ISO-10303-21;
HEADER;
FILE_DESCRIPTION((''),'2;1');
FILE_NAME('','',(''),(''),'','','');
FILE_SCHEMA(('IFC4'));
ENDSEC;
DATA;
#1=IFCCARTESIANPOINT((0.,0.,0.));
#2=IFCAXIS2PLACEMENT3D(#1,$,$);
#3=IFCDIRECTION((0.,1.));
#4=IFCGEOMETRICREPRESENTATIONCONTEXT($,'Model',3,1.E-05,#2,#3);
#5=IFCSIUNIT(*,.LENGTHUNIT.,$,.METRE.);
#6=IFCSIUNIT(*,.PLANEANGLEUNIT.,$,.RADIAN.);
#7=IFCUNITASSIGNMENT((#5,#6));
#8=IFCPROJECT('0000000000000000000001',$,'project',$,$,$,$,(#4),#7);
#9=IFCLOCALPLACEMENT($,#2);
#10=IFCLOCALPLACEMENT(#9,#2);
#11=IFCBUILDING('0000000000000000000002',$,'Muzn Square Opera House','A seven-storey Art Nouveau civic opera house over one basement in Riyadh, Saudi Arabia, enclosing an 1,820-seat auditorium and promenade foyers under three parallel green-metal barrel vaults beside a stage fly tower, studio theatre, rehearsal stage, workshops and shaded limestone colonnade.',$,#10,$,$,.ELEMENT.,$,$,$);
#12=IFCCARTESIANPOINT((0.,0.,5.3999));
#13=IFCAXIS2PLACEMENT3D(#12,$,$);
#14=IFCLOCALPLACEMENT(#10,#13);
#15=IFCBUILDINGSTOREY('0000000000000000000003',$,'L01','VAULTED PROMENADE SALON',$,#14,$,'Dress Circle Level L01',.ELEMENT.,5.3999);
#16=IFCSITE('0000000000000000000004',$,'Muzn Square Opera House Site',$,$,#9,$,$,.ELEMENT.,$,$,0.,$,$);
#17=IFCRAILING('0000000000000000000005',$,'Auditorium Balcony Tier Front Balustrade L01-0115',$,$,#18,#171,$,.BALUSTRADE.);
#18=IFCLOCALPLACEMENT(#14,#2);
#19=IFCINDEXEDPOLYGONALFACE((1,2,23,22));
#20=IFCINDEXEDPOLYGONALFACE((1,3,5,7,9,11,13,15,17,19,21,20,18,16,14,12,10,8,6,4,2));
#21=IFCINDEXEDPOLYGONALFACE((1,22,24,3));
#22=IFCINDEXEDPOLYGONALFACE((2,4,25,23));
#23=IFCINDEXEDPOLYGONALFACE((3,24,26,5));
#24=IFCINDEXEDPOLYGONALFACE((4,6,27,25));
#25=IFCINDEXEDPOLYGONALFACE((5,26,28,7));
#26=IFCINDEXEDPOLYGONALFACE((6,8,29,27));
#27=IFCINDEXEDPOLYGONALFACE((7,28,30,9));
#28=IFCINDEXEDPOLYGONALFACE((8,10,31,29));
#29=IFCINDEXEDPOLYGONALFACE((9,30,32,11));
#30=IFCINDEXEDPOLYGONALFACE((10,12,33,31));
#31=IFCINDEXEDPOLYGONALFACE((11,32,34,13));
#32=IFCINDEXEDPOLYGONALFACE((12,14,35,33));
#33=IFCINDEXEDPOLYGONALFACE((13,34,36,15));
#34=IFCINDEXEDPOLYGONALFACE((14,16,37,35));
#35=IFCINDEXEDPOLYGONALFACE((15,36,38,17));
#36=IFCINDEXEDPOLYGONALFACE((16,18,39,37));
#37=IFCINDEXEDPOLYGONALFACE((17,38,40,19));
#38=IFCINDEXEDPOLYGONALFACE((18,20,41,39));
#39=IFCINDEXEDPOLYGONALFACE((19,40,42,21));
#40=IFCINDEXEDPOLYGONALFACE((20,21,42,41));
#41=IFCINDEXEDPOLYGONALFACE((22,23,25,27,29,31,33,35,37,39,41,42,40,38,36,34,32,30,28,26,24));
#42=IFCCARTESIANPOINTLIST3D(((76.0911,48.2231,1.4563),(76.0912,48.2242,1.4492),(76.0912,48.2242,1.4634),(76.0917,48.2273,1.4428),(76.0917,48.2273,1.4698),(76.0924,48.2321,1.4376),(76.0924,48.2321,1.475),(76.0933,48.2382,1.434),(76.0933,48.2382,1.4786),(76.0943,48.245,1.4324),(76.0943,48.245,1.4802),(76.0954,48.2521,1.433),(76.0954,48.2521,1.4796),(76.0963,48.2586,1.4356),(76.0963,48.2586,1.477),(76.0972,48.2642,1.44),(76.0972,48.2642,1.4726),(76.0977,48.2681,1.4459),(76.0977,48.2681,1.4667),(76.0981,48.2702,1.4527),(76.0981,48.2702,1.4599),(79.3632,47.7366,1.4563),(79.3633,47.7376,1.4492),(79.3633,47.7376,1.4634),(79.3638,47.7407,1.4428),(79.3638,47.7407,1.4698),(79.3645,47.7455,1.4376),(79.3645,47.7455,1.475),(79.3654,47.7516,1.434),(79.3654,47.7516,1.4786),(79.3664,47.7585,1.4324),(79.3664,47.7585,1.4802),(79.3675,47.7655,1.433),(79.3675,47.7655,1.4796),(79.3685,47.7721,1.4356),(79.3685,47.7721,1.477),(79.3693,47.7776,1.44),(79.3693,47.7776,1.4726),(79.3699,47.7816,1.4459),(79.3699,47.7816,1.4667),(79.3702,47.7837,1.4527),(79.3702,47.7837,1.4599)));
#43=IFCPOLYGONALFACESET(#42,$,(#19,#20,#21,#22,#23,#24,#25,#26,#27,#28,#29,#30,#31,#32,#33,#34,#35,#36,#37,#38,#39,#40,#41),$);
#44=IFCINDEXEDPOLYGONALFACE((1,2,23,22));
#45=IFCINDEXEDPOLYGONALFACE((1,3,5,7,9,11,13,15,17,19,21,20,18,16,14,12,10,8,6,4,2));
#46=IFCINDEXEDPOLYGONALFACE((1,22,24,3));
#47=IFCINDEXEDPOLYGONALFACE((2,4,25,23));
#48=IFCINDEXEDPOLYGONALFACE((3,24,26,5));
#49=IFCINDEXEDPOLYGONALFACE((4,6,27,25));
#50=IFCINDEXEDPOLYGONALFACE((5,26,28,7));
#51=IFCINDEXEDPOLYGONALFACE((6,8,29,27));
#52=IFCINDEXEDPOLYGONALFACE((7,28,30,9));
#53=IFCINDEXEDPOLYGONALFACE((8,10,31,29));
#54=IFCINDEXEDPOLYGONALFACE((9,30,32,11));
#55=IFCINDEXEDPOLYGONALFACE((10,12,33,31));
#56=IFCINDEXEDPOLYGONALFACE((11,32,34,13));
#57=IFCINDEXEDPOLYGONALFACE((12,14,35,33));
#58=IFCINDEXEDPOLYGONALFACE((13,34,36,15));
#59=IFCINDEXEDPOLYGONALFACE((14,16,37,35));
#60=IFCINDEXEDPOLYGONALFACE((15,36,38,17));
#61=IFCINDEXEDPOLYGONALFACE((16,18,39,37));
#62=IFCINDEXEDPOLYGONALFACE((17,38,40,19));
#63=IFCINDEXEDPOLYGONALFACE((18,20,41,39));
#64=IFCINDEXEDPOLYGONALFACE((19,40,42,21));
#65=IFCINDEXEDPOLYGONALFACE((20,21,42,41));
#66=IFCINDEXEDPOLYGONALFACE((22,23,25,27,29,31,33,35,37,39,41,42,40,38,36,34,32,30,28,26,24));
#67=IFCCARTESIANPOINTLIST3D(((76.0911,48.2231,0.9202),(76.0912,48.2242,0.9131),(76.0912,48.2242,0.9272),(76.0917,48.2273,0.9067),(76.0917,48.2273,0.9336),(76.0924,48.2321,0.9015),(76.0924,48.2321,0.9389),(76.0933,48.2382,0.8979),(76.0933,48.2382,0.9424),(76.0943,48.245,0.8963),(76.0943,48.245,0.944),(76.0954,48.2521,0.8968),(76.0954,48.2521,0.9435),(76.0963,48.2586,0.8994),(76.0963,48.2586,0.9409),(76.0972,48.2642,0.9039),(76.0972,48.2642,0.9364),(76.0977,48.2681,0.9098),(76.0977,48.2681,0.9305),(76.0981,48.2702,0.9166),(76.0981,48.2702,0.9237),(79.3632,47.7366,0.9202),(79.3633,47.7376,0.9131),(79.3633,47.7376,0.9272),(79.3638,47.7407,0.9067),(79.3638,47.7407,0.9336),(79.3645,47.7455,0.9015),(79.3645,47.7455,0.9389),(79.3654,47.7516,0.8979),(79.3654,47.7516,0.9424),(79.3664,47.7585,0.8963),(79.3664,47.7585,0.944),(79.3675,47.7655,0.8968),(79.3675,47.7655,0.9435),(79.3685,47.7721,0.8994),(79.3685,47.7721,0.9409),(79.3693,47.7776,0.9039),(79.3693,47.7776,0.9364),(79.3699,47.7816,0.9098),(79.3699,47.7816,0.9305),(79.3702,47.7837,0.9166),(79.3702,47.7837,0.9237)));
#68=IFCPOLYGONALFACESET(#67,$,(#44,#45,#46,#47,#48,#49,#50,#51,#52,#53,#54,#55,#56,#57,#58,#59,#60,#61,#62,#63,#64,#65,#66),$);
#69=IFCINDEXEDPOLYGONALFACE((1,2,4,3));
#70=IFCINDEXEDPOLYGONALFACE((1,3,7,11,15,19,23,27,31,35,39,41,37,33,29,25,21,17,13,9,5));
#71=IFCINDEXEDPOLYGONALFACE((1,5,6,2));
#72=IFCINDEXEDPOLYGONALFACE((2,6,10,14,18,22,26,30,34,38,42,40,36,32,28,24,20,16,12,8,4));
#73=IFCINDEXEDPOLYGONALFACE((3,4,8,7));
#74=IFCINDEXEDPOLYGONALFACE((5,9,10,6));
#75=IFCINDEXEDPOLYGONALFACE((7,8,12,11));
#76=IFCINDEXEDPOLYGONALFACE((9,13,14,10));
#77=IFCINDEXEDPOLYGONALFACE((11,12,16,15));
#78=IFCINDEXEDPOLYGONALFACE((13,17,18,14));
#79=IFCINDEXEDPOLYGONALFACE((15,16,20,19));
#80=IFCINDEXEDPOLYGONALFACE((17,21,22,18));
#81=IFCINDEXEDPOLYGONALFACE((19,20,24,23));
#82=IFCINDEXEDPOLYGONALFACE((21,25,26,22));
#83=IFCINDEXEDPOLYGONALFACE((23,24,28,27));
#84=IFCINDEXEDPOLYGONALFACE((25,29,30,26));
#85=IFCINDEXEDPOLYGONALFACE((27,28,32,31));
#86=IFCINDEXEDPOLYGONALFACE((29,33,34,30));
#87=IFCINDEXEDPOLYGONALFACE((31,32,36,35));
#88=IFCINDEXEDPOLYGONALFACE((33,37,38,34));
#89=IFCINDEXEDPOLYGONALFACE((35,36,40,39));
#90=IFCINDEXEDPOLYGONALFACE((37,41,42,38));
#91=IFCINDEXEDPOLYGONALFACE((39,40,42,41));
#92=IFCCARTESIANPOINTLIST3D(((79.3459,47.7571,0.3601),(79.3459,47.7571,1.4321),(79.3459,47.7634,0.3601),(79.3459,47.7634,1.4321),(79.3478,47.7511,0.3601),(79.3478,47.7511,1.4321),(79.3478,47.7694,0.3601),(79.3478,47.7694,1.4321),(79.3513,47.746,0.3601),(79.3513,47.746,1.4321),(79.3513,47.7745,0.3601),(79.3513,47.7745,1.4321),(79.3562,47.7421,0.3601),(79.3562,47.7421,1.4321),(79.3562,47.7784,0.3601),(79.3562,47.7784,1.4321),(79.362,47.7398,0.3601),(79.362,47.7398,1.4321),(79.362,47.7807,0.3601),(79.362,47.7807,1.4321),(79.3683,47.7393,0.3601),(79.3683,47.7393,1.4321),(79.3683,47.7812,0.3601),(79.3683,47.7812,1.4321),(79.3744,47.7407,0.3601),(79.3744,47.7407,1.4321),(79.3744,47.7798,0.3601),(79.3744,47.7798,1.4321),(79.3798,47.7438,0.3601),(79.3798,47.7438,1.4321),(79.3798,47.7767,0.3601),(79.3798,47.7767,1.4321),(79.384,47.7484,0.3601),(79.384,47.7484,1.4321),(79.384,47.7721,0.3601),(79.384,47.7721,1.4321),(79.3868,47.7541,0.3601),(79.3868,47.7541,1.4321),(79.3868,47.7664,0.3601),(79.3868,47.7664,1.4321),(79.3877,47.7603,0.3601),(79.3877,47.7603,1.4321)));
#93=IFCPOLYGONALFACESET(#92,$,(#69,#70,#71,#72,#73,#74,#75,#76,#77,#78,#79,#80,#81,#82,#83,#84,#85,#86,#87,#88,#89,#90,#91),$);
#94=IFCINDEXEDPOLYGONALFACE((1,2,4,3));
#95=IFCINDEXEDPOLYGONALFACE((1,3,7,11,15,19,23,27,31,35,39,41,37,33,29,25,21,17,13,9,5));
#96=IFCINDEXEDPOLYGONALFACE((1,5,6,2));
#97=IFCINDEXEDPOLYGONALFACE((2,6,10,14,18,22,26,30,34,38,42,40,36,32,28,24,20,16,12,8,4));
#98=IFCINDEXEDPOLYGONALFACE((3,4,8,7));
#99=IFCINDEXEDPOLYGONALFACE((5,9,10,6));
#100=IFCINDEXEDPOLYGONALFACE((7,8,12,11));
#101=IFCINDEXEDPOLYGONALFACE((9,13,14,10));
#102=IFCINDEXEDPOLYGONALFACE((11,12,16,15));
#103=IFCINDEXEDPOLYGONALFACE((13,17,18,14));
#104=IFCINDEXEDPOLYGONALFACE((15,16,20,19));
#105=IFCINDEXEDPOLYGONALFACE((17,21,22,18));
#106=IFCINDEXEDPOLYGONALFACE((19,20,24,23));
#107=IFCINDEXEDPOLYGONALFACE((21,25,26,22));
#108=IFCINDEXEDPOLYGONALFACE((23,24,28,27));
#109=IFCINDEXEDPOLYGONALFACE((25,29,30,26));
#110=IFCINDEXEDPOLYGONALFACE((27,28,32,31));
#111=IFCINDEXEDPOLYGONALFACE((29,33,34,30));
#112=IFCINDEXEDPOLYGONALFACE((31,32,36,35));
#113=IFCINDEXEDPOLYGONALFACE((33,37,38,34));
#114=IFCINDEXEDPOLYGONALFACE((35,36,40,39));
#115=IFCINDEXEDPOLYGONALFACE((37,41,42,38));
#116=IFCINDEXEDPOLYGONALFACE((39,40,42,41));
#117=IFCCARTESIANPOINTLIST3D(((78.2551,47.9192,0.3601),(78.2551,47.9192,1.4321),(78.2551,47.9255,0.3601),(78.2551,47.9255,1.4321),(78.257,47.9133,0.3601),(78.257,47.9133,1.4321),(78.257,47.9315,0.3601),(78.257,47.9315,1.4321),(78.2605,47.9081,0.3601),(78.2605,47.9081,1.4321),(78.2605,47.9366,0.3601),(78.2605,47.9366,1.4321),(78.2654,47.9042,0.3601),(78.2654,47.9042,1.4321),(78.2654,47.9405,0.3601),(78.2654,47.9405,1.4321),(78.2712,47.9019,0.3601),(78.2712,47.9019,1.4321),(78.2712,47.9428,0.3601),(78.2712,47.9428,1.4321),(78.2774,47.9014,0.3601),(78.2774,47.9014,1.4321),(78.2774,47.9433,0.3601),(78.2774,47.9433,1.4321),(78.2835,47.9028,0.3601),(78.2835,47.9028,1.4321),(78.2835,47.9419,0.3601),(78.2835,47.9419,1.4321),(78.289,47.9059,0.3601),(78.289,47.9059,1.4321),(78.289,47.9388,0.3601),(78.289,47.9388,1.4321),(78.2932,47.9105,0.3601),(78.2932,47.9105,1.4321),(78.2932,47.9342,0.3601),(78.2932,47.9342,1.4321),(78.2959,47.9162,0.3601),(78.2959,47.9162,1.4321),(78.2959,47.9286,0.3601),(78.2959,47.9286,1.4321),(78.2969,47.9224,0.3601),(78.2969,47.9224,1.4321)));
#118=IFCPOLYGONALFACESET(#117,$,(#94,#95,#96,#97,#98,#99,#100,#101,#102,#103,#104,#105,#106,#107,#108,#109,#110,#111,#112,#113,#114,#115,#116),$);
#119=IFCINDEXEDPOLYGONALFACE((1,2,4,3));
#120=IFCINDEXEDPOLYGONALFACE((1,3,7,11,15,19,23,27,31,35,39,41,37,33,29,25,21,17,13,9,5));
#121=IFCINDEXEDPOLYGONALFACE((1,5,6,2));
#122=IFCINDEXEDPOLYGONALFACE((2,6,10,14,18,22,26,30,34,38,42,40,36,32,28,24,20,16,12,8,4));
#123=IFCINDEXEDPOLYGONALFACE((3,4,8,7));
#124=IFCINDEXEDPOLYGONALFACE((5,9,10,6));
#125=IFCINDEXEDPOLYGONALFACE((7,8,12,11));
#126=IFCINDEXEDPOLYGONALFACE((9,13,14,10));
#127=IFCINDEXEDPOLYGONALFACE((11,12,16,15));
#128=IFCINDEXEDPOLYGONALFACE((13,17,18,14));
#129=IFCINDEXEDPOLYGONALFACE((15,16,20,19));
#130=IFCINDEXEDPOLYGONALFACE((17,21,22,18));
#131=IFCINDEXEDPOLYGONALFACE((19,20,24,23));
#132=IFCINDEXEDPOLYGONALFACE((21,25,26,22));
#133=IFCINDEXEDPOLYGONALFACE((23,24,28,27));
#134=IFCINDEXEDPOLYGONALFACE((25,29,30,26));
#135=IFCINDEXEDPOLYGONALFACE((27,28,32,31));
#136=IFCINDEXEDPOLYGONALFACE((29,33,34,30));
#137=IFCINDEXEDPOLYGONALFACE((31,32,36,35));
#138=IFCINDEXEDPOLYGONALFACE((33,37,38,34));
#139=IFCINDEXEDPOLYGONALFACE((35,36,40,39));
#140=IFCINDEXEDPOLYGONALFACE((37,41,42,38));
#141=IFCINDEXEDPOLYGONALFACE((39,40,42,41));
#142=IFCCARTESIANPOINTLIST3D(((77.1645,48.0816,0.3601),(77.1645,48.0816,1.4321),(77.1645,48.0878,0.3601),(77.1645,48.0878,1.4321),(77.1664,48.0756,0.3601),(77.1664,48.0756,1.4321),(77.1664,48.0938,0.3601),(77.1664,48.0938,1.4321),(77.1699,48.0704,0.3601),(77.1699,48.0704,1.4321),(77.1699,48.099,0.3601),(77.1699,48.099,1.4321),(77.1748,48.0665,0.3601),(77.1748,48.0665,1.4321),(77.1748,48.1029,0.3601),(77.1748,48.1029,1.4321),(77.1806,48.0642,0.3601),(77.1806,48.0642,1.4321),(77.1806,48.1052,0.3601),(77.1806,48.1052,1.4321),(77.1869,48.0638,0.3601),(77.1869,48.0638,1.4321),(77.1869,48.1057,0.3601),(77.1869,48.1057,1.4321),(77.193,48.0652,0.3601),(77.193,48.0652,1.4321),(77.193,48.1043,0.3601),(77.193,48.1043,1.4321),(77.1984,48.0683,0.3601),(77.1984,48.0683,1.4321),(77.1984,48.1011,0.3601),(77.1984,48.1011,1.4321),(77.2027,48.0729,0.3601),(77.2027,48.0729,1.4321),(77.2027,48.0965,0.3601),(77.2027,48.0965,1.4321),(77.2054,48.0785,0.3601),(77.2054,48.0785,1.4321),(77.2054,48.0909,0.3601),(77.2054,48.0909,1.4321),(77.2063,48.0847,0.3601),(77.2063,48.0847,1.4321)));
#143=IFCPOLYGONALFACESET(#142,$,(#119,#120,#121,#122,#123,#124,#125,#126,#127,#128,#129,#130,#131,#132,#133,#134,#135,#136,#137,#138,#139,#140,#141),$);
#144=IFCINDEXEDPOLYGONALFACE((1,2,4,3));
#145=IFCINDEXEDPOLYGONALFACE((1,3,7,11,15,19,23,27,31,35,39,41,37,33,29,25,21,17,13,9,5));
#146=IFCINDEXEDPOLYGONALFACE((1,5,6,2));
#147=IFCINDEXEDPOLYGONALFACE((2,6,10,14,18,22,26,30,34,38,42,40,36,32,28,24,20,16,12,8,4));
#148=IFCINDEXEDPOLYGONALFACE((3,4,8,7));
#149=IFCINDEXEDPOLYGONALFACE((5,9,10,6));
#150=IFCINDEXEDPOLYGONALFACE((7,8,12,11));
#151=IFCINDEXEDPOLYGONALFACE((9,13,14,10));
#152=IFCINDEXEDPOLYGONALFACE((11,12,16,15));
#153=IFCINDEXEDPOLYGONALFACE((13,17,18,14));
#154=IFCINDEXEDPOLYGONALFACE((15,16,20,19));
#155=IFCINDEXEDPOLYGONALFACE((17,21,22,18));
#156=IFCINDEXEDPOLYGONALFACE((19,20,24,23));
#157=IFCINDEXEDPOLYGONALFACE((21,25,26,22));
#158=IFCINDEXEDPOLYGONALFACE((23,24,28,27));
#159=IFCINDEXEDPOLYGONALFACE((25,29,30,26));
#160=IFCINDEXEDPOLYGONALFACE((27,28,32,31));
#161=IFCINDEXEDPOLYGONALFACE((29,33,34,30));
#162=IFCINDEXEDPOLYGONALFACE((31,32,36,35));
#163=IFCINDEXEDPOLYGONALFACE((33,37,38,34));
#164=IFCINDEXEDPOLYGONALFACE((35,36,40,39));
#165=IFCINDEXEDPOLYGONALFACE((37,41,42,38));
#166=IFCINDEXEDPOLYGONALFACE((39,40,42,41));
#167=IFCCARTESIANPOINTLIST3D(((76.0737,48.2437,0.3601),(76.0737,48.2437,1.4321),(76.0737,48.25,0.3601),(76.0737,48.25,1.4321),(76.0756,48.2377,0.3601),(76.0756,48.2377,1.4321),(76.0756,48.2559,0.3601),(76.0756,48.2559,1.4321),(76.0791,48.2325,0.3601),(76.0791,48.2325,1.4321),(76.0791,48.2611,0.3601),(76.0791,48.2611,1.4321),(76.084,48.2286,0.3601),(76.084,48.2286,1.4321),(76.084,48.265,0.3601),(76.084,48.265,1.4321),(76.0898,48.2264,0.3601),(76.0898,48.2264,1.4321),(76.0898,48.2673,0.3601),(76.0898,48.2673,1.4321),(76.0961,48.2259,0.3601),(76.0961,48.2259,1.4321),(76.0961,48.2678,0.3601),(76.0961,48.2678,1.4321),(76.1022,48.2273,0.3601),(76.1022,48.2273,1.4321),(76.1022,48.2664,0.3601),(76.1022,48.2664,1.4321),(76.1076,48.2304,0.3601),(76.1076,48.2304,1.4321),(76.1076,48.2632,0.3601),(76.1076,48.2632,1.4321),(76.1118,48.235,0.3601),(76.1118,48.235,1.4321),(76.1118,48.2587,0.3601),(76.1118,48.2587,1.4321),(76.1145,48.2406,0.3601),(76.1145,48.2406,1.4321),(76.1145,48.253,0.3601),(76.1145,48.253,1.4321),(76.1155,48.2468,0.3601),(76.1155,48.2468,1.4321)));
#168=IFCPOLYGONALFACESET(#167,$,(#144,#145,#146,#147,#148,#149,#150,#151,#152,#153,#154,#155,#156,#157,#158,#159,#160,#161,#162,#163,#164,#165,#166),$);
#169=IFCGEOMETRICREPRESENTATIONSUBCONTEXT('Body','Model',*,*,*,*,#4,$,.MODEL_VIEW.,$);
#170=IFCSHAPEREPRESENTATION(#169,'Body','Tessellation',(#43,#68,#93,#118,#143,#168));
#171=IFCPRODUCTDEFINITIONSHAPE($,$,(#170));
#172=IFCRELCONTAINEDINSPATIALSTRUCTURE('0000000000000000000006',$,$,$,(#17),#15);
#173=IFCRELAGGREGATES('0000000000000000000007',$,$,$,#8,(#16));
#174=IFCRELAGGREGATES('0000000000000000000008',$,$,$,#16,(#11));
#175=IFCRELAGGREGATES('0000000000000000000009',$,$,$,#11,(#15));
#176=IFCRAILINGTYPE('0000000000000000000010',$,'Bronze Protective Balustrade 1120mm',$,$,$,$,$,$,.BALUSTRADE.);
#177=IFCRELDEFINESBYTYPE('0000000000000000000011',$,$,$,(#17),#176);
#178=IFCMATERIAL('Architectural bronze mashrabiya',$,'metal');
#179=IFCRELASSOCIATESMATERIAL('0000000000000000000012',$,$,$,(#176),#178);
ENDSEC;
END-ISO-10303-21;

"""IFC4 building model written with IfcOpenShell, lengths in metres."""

from ifc_helpers import new_model, si_unit, direction, frame, origin, origin_2d, place, context, subcontext, project, spatial, circle, extrude, material, type_object, element, save


model = new_model("IFC4")

# Units and contexts
model_context = context("Model", 3, precision=1e-05, world=origin(), true_north=direction((0.0, 1.0)))
body_context = subcontext(model_context, "Body", "Model", "MODEL_VIEW")
ifc_project = project(units=[si_unit("LENGTHUNIT", "METRE"), si_unit("PLANEANGLEUNIT", "RADIAN")], contexts=[model_context])

# Site, building, storey
site_placement = place(None, origin())
site = spatial("IfcSite", under=ifc_project, at=site_placement, Name="Muzn Square Opera House Site", CompositionType="ELEMENT", RefElevation=0.0)
building_placement = place(site_placement, origin())
building = spatial("IfcBuilding", under=site, at=building_placement, Name="Muzn Square Opera House", Description="A seven-storey Art Nouveau civic opera house over one basement in Riyadh, Saudi Arabia, enclosing an 1,820-seat auditorium and promenade foyers under three parallel green-metal barrel vaults beside a stage fly tower, studio theatre, rehearsal stage, workshops and shaded limestone colonnade.", CompositionType="ELEMENT")
storey_placement = place(building_placement, frame((0.0, 0.0, 5.3999)))
storey = spatial("IfcBuildingStorey", under=building, at=storey_placement, Name="L01", Description="VAULTED PROMENADE SALON", LongName="Dress Circle Level L01", CompositionType="ELEMENT", Elevation=5.3999)

# Railing
ifc_material_1 = material(Name="Architectural bronze mashrabiya", Category="metal")
railing_type = type_object("IfcRailingType", Name="Bronze Protective Balustrade 1120mm", PredefinedType="BALUSTRADE", material=ifc_material_1)
railing_1_placement = place(storey_placement, frame((79.3667, 47.7603, 0.3601)))
element("IfcRailing", 1, at=railing_1_placement, inside=storey, type_object=railing_type, Name="Auditorium Balcony Tier Front Balustrade L01-0115", PredefinedType="BALUSTRADE", context=body_context, shape_type="SweptSolid", body=[
    extrude(circle(Radius=0.0239, at=origin_2d()), frame((0.0, 0.0, 1.0962), z_axis=(-0.989124, 0.147081, 0.0), x_axis=(-0.147081, -0.989124, 0.0)), (0.0, 0.0, 1.0), 3.3081),
    extrude(circle(Radius=0.0239, at=origin_2d()), frame((0.0, 0.0, 0.5601), z_axis=(-0.989124, 0.147081, 0.0), x_axis=(-0.147081, -0.989124, 0.0)), (0.0, 0.0, 1.0), 3.3081),
    extrude(circle(Radius=0.021, at=origin_2d()), origin(), (0.0, 0.0, 1.0), 1.072),
    extrude(circle(Radius=0.021, at=origin_2d()), frame((-1.0908, 0.1621, 0.0)), (0.0, 0.0, 1.0), 1.072),
    extrude(circle(Radius=0.021, at=origin_2d()), frame((-2.1814, 0.3245, 0.0)), (0.0, 0.0, 1.0), 1.072),
    extrude(circle(Radius=0.021, at=origin_2d()), frame((-3.2722, 0.4866, 0.0)), (0.0, 0.0, 1.0), 1.072),
])

save(model, "model.ifc")
